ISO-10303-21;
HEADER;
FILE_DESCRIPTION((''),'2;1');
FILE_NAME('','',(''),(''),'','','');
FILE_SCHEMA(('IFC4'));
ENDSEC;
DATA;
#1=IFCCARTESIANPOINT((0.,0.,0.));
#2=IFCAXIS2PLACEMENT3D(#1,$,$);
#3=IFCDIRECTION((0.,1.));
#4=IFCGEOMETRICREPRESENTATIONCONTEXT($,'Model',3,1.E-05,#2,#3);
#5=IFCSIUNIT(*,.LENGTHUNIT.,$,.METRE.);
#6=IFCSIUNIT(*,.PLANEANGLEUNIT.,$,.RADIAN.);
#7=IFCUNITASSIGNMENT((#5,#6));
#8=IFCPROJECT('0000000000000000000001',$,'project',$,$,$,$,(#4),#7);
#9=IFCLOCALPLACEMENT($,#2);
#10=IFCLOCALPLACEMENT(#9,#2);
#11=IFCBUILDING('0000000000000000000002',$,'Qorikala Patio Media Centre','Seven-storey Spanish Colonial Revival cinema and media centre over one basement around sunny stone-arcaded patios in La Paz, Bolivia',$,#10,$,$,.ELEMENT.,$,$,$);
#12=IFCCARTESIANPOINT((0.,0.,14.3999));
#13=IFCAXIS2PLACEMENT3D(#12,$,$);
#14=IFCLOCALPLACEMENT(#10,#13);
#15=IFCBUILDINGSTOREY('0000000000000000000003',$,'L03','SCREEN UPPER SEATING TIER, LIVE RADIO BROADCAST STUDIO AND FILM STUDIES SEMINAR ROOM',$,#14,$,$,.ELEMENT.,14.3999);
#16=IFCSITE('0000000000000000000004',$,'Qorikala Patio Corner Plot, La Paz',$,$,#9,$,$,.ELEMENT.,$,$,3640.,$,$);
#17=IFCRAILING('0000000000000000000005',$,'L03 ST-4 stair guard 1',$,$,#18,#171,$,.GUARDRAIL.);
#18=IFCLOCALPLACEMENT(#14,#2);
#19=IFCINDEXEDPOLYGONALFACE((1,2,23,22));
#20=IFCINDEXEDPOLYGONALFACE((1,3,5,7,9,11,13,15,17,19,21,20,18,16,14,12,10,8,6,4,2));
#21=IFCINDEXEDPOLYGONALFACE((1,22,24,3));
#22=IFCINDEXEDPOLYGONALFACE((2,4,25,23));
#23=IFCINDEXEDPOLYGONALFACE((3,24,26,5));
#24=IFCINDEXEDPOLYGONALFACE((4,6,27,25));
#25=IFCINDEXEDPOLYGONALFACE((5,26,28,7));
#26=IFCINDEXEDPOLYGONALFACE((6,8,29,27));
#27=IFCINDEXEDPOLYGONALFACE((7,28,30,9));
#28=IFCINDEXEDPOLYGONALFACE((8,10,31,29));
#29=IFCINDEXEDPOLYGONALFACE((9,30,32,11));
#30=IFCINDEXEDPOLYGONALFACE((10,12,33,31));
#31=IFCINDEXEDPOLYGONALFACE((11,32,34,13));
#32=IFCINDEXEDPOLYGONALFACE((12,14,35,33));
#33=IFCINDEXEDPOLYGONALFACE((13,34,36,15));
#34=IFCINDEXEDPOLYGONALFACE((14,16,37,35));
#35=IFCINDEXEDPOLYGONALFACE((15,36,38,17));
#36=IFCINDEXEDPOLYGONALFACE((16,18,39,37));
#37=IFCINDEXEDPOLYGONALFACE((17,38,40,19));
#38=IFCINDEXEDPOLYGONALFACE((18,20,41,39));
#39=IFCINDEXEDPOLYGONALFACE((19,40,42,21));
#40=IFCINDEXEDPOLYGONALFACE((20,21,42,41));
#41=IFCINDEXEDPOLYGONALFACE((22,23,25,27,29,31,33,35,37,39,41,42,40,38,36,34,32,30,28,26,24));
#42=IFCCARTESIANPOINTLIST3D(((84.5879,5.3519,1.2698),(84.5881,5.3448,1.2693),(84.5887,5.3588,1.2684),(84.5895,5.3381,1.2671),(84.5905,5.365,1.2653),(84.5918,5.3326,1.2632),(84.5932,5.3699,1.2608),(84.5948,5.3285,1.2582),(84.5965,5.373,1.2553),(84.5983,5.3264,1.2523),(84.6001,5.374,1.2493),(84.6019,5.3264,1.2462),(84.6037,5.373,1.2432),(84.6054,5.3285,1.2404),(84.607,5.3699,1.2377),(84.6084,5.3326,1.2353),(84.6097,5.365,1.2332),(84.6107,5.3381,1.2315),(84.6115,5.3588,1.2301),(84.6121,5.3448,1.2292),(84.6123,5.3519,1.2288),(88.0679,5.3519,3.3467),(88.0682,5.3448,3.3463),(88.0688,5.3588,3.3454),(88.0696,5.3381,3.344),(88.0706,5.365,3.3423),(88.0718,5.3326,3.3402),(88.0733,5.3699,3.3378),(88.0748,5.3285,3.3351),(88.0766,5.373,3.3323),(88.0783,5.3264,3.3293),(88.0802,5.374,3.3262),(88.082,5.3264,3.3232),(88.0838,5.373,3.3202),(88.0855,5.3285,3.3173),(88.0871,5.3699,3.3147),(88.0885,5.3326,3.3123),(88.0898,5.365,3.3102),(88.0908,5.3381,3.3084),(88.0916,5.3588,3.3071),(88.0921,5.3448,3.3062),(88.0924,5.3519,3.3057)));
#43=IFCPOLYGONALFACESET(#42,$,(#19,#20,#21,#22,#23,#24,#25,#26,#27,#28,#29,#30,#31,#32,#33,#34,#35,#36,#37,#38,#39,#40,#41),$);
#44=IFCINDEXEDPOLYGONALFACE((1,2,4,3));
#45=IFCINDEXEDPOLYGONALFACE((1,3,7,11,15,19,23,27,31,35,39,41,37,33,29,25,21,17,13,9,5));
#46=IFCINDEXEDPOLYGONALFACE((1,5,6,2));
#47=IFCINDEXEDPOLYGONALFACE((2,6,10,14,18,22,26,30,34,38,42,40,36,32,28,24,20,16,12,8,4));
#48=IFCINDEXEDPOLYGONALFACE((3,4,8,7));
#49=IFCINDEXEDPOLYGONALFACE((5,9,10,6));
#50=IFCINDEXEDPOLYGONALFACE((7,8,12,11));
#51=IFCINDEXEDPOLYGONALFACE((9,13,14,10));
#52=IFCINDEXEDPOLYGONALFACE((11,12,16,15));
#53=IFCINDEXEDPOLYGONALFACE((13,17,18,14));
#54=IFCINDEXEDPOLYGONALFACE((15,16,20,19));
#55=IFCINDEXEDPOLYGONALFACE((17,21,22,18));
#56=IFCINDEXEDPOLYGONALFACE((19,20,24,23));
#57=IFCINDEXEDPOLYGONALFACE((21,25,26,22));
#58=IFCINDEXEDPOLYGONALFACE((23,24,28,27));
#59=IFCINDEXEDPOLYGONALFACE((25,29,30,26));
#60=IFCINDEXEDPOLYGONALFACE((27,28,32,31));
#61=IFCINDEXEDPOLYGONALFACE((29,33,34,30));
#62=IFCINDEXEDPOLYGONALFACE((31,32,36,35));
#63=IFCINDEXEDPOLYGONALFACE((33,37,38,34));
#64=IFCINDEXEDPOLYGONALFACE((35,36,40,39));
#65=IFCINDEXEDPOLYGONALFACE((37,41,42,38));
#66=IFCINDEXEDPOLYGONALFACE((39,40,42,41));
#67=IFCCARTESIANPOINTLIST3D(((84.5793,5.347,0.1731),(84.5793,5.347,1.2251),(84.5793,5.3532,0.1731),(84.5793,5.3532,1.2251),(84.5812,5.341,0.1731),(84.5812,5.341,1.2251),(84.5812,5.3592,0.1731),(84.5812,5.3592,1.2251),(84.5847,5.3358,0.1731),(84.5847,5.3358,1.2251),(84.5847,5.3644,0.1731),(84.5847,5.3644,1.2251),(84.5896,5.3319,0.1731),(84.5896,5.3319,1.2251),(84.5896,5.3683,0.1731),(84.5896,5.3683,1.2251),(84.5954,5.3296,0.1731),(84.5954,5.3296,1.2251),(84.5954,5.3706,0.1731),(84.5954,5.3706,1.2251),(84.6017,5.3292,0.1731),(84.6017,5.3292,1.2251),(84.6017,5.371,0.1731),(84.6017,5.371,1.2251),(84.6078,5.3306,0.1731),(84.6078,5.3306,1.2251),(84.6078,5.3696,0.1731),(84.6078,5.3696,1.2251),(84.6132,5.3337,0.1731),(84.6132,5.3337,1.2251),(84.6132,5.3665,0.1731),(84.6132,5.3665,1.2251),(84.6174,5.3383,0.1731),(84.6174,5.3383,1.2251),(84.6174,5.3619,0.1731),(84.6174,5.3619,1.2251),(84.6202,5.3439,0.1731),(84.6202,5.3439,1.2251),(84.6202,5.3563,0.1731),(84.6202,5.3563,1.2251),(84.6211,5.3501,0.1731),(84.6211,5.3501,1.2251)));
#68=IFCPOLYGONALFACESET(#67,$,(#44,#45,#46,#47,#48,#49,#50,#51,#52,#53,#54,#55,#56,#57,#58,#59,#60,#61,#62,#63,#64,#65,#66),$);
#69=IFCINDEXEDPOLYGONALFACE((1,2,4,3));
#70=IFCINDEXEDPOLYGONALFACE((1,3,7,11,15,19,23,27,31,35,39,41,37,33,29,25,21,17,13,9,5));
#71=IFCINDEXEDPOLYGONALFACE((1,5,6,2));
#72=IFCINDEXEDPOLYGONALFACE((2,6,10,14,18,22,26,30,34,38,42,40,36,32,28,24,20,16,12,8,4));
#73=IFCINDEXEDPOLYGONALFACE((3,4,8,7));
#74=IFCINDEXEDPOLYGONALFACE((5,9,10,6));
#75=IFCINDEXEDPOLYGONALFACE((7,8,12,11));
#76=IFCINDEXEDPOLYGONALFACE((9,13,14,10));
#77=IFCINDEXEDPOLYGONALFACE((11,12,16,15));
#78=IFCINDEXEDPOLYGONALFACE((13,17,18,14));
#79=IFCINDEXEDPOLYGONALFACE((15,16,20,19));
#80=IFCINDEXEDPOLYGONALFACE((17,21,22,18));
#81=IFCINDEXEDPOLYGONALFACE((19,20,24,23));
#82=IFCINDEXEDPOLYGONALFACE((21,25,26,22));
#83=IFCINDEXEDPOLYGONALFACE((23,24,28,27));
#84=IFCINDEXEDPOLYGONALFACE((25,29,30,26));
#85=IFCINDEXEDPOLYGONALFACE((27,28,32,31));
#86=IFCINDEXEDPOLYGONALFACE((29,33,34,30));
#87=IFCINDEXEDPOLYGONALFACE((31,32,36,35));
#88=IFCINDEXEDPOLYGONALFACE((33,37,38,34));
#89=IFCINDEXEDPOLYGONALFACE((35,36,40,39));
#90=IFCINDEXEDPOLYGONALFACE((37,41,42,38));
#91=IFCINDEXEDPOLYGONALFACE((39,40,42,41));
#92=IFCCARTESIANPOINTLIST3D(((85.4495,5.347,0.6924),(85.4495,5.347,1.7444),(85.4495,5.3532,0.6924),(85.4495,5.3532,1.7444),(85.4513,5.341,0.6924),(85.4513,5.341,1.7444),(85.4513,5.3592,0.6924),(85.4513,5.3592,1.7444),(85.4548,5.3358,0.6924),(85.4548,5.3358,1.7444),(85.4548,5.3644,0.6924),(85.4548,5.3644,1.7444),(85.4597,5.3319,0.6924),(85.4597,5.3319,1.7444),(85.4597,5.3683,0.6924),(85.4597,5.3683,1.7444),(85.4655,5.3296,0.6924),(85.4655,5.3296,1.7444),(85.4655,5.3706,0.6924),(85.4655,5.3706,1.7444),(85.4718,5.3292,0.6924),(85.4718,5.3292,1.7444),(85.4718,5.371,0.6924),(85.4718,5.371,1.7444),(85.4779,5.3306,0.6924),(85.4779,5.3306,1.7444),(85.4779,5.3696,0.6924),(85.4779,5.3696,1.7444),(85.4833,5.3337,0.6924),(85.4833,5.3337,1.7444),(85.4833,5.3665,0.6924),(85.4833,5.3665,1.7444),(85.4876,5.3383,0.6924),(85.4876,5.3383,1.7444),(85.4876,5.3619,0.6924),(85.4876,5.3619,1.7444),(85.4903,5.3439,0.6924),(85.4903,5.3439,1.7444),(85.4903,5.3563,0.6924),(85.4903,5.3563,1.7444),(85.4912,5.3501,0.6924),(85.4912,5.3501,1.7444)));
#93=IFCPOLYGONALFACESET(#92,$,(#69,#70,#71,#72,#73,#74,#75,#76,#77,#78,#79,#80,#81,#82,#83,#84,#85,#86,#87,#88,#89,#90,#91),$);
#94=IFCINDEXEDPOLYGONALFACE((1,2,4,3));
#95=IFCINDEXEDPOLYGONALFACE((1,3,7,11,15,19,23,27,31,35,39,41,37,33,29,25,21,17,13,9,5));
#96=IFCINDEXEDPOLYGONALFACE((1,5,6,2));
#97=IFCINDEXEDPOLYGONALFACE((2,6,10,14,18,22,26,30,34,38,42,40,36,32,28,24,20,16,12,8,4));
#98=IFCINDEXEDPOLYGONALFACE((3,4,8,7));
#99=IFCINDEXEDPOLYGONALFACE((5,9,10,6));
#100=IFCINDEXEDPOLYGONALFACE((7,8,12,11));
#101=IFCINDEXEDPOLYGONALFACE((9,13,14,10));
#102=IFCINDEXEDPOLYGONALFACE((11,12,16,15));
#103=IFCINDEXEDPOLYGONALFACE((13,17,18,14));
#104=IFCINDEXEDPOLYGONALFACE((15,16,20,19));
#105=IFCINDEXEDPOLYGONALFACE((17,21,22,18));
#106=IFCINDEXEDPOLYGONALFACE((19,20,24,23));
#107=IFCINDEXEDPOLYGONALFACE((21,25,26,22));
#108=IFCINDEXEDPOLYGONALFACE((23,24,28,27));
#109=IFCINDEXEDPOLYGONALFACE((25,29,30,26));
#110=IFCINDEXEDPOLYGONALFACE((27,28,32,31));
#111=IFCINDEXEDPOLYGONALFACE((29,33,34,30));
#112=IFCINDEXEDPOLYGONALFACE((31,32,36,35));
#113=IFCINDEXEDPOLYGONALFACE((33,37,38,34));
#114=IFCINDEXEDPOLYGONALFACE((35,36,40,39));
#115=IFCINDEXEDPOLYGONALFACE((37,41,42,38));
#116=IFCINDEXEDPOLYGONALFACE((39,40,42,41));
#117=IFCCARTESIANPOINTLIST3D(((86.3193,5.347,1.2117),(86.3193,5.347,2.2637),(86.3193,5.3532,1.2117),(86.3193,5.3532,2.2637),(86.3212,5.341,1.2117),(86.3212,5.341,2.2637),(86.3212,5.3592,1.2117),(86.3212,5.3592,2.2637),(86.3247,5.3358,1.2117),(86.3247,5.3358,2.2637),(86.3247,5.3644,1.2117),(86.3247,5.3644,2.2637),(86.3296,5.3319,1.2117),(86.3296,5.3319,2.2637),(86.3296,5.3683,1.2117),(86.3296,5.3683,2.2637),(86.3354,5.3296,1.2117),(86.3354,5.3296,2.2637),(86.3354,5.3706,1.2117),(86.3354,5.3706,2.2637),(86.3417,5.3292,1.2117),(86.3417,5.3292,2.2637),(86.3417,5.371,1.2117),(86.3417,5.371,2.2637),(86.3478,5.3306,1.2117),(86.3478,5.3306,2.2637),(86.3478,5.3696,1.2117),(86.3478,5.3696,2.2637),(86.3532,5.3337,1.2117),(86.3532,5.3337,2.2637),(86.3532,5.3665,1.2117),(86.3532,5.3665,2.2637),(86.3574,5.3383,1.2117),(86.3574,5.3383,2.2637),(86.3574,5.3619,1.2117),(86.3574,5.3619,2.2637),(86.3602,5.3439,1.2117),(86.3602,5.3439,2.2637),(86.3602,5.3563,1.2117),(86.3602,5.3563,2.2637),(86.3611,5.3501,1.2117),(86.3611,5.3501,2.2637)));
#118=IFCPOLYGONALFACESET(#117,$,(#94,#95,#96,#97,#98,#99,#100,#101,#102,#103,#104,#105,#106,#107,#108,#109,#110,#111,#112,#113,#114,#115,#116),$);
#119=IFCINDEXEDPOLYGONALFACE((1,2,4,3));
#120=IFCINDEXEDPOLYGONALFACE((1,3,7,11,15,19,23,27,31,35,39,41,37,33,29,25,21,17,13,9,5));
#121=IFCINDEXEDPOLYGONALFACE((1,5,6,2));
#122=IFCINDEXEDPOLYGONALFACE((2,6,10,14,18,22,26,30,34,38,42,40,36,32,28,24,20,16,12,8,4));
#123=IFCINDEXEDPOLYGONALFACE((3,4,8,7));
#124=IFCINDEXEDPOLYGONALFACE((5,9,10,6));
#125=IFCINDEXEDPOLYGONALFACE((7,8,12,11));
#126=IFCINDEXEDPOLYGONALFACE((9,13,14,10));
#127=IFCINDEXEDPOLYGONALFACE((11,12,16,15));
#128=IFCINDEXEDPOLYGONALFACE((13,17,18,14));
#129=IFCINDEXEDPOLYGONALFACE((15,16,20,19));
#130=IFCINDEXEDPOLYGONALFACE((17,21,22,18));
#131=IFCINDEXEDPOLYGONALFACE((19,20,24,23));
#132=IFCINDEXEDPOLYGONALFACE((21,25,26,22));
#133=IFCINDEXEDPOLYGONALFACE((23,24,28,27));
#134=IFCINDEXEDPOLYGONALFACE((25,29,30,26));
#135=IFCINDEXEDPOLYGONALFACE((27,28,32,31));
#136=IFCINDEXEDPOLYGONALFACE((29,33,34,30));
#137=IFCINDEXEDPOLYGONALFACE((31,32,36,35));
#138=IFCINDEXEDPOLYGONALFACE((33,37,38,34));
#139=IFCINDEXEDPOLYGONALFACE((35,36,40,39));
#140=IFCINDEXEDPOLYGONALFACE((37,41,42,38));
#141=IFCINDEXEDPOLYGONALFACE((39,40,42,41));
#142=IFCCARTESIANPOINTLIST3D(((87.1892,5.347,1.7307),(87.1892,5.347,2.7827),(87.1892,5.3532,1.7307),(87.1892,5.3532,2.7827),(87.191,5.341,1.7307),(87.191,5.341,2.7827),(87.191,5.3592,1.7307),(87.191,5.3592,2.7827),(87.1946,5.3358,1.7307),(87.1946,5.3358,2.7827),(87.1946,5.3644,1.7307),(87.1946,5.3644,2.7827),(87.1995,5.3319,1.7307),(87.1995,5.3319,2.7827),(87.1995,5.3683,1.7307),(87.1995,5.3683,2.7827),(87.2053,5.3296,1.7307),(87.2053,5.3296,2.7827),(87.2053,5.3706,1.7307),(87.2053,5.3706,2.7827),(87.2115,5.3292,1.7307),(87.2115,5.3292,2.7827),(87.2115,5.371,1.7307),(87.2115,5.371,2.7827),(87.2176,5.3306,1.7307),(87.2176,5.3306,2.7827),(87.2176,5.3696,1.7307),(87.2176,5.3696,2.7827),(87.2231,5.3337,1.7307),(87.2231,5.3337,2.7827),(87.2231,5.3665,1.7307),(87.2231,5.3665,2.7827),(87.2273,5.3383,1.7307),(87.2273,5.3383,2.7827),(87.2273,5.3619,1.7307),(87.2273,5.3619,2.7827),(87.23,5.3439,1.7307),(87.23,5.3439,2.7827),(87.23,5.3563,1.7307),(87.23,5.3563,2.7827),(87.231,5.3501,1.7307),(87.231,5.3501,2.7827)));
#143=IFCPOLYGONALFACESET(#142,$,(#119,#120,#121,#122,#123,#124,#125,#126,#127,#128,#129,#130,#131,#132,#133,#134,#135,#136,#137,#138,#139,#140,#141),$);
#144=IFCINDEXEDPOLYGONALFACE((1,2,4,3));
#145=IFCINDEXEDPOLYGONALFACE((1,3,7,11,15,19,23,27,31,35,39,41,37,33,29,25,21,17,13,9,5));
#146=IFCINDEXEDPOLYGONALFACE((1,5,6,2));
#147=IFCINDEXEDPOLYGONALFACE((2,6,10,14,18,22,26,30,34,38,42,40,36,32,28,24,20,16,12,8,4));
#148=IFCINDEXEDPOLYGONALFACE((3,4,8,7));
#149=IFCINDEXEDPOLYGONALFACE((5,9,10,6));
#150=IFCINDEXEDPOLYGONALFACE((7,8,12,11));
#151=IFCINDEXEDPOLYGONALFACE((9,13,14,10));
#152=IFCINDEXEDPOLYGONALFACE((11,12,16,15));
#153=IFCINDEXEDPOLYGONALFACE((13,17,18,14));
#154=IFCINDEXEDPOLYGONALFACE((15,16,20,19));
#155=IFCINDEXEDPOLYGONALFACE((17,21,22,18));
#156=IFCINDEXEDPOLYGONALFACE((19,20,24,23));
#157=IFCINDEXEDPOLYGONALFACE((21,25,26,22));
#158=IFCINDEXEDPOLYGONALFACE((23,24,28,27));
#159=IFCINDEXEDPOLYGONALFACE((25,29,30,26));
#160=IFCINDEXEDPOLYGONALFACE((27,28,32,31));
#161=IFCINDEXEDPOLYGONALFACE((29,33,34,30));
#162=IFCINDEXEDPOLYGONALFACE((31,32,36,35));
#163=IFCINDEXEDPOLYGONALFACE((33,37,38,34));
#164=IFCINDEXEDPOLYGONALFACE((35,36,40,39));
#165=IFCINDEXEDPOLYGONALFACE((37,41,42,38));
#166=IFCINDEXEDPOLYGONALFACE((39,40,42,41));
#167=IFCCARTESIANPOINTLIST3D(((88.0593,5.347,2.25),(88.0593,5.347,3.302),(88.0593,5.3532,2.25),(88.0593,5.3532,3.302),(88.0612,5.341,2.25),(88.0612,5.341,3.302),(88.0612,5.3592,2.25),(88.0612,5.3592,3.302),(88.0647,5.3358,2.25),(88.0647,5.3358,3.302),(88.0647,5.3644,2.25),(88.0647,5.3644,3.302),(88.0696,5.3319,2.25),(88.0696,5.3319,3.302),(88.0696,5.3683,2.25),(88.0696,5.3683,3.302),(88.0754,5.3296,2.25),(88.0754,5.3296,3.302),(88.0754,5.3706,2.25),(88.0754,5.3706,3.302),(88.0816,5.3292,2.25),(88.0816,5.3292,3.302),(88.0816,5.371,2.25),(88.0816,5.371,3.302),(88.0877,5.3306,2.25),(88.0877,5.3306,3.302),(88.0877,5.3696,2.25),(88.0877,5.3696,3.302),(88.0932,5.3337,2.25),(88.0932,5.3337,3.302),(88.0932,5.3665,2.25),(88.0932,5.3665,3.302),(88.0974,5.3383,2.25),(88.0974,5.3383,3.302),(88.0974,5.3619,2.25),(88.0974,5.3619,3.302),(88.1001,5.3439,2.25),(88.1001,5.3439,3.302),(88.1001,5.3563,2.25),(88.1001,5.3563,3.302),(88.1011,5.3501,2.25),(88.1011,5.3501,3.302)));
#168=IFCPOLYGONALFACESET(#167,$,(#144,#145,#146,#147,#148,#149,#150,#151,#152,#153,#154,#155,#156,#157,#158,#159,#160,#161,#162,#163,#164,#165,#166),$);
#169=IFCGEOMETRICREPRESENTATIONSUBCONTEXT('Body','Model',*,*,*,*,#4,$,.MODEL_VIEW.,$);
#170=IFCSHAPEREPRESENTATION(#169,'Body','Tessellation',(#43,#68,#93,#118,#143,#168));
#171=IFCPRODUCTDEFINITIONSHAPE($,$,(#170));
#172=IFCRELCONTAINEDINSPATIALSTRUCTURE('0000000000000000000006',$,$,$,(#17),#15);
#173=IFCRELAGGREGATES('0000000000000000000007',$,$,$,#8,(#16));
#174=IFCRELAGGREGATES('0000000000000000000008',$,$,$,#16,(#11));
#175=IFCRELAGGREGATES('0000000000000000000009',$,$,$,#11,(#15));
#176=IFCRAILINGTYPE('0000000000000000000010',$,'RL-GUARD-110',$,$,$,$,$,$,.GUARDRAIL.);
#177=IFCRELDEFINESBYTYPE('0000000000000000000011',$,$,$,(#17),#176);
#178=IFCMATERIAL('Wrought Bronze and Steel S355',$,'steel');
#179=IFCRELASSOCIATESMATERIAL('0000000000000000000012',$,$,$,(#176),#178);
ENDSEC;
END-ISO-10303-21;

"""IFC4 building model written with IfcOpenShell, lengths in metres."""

from ifc_helpers import new_model, si_unit, direction, frame, origin, origin_2d, place, context, subcontext, project, spatial, circle, extrude, material, type_object, element, save


model = new_model("IFC4")

# Units and contexts
model_context = context("Model", 3, precision=1e-05, world=origin(), true_north=direction((0.0, 1.0)))
body_context = subcontext(model_context, "Body", "Model", "MODEL_VIEW")
ifc_project = project(units=[si_unit("LENGTHUNIT", "METRE"), si_unit("PLANEANGLEUNIT", "RADIAN")], contexts=[model_context])

# Site, building, storey
site_placement = place(None, origin())
site = spatial("IfcSite", under=ifc_project, at=site_placement, Name="Qorikala Patio Corner Plot, La Paz", CompositionType="ELEMENT", RefElevation=3640.0)
building_placement = place(site_placement, origin())
building = spatial("IfcBuilding", under=site, at=building_placement, Name="Qorikala Patio Media Centre", Description="Seven-storey Spanish Colonial Revival cinema and media centre over one basement around sunny stone-arcaded patios in La Paz, Bolivia", CompositionType="ELEMENT")
storey_placement = place(building_placement, frame((0.0, 0.0, 14.3999)))
storey = spatial("IfcBuildingStorey", under=building, at=storey_placement, Name="L03", Description="SCREEN UPPER SEATING TIER, LIVE RADIO BROADCAST STUDIO AND FILM STUDIES SEMINAR ROOM", CompositionType="ELEMENT", Elevation=14.3999)

# Railing
ifc_material_1 = material(Name="Wrought Bronze and Steel S355", Category="steel")
railing_type_1 = type_object("IfcRailingType", Name="RL-GUARD-110", PredefinedType="GUARDRAIL", material=ifc_material_1)
railing_1_placement = place(storey_placement, frame((84.6001, 5.3501, 0.1731)))
element("IfcRailing", 1, at=railing_1_placement, inside=storey, type_object=railing_type_1, Name="L03 ST-4 stair guard 1", PredefinedType="GUARDRAIL", context=body_context, shape_type="SweptSolid", body=[
    extrude(circle(Radius=0.0239, at=origin_2d()), frame((0.0, 0.0, 1.0762), z_axis=(0.858697, 0.0, 0.512483), x_axis=(0.0, 1.0, 0.0)), (0.0, 0.0, 1.0), 4.0527),
    extrude(circle(Radius=0.021, at=origin_2d()), origin(), (0.0, 0.0, 1.0), 1.052),
    extrude(circle(Radius=0.021, at=origin_2d()), frame((0.8701, 0.0, 0.5193)), (0.0, 0.0, 1.0), 1.052),
    extrude(circle(Radius=0.021, at=origin_2d()), frame((1.74, 0.0, 1.0386)), (0.0, 0.0, 1.0), 1.052),
    extrude(circle(Radius=0.021, at=origin_2d()), frame((2.6099, 0.0, 1.5576)), (0.0, 0.0, 1.0), 1.052),
    extrude(circle(Radius=0.021, at=origin_2d()), frame((3.48, 0.0, 2.0769)), (0.0, 0.0, 1.0), 1.052),
])

save(model, "model.ifc")
